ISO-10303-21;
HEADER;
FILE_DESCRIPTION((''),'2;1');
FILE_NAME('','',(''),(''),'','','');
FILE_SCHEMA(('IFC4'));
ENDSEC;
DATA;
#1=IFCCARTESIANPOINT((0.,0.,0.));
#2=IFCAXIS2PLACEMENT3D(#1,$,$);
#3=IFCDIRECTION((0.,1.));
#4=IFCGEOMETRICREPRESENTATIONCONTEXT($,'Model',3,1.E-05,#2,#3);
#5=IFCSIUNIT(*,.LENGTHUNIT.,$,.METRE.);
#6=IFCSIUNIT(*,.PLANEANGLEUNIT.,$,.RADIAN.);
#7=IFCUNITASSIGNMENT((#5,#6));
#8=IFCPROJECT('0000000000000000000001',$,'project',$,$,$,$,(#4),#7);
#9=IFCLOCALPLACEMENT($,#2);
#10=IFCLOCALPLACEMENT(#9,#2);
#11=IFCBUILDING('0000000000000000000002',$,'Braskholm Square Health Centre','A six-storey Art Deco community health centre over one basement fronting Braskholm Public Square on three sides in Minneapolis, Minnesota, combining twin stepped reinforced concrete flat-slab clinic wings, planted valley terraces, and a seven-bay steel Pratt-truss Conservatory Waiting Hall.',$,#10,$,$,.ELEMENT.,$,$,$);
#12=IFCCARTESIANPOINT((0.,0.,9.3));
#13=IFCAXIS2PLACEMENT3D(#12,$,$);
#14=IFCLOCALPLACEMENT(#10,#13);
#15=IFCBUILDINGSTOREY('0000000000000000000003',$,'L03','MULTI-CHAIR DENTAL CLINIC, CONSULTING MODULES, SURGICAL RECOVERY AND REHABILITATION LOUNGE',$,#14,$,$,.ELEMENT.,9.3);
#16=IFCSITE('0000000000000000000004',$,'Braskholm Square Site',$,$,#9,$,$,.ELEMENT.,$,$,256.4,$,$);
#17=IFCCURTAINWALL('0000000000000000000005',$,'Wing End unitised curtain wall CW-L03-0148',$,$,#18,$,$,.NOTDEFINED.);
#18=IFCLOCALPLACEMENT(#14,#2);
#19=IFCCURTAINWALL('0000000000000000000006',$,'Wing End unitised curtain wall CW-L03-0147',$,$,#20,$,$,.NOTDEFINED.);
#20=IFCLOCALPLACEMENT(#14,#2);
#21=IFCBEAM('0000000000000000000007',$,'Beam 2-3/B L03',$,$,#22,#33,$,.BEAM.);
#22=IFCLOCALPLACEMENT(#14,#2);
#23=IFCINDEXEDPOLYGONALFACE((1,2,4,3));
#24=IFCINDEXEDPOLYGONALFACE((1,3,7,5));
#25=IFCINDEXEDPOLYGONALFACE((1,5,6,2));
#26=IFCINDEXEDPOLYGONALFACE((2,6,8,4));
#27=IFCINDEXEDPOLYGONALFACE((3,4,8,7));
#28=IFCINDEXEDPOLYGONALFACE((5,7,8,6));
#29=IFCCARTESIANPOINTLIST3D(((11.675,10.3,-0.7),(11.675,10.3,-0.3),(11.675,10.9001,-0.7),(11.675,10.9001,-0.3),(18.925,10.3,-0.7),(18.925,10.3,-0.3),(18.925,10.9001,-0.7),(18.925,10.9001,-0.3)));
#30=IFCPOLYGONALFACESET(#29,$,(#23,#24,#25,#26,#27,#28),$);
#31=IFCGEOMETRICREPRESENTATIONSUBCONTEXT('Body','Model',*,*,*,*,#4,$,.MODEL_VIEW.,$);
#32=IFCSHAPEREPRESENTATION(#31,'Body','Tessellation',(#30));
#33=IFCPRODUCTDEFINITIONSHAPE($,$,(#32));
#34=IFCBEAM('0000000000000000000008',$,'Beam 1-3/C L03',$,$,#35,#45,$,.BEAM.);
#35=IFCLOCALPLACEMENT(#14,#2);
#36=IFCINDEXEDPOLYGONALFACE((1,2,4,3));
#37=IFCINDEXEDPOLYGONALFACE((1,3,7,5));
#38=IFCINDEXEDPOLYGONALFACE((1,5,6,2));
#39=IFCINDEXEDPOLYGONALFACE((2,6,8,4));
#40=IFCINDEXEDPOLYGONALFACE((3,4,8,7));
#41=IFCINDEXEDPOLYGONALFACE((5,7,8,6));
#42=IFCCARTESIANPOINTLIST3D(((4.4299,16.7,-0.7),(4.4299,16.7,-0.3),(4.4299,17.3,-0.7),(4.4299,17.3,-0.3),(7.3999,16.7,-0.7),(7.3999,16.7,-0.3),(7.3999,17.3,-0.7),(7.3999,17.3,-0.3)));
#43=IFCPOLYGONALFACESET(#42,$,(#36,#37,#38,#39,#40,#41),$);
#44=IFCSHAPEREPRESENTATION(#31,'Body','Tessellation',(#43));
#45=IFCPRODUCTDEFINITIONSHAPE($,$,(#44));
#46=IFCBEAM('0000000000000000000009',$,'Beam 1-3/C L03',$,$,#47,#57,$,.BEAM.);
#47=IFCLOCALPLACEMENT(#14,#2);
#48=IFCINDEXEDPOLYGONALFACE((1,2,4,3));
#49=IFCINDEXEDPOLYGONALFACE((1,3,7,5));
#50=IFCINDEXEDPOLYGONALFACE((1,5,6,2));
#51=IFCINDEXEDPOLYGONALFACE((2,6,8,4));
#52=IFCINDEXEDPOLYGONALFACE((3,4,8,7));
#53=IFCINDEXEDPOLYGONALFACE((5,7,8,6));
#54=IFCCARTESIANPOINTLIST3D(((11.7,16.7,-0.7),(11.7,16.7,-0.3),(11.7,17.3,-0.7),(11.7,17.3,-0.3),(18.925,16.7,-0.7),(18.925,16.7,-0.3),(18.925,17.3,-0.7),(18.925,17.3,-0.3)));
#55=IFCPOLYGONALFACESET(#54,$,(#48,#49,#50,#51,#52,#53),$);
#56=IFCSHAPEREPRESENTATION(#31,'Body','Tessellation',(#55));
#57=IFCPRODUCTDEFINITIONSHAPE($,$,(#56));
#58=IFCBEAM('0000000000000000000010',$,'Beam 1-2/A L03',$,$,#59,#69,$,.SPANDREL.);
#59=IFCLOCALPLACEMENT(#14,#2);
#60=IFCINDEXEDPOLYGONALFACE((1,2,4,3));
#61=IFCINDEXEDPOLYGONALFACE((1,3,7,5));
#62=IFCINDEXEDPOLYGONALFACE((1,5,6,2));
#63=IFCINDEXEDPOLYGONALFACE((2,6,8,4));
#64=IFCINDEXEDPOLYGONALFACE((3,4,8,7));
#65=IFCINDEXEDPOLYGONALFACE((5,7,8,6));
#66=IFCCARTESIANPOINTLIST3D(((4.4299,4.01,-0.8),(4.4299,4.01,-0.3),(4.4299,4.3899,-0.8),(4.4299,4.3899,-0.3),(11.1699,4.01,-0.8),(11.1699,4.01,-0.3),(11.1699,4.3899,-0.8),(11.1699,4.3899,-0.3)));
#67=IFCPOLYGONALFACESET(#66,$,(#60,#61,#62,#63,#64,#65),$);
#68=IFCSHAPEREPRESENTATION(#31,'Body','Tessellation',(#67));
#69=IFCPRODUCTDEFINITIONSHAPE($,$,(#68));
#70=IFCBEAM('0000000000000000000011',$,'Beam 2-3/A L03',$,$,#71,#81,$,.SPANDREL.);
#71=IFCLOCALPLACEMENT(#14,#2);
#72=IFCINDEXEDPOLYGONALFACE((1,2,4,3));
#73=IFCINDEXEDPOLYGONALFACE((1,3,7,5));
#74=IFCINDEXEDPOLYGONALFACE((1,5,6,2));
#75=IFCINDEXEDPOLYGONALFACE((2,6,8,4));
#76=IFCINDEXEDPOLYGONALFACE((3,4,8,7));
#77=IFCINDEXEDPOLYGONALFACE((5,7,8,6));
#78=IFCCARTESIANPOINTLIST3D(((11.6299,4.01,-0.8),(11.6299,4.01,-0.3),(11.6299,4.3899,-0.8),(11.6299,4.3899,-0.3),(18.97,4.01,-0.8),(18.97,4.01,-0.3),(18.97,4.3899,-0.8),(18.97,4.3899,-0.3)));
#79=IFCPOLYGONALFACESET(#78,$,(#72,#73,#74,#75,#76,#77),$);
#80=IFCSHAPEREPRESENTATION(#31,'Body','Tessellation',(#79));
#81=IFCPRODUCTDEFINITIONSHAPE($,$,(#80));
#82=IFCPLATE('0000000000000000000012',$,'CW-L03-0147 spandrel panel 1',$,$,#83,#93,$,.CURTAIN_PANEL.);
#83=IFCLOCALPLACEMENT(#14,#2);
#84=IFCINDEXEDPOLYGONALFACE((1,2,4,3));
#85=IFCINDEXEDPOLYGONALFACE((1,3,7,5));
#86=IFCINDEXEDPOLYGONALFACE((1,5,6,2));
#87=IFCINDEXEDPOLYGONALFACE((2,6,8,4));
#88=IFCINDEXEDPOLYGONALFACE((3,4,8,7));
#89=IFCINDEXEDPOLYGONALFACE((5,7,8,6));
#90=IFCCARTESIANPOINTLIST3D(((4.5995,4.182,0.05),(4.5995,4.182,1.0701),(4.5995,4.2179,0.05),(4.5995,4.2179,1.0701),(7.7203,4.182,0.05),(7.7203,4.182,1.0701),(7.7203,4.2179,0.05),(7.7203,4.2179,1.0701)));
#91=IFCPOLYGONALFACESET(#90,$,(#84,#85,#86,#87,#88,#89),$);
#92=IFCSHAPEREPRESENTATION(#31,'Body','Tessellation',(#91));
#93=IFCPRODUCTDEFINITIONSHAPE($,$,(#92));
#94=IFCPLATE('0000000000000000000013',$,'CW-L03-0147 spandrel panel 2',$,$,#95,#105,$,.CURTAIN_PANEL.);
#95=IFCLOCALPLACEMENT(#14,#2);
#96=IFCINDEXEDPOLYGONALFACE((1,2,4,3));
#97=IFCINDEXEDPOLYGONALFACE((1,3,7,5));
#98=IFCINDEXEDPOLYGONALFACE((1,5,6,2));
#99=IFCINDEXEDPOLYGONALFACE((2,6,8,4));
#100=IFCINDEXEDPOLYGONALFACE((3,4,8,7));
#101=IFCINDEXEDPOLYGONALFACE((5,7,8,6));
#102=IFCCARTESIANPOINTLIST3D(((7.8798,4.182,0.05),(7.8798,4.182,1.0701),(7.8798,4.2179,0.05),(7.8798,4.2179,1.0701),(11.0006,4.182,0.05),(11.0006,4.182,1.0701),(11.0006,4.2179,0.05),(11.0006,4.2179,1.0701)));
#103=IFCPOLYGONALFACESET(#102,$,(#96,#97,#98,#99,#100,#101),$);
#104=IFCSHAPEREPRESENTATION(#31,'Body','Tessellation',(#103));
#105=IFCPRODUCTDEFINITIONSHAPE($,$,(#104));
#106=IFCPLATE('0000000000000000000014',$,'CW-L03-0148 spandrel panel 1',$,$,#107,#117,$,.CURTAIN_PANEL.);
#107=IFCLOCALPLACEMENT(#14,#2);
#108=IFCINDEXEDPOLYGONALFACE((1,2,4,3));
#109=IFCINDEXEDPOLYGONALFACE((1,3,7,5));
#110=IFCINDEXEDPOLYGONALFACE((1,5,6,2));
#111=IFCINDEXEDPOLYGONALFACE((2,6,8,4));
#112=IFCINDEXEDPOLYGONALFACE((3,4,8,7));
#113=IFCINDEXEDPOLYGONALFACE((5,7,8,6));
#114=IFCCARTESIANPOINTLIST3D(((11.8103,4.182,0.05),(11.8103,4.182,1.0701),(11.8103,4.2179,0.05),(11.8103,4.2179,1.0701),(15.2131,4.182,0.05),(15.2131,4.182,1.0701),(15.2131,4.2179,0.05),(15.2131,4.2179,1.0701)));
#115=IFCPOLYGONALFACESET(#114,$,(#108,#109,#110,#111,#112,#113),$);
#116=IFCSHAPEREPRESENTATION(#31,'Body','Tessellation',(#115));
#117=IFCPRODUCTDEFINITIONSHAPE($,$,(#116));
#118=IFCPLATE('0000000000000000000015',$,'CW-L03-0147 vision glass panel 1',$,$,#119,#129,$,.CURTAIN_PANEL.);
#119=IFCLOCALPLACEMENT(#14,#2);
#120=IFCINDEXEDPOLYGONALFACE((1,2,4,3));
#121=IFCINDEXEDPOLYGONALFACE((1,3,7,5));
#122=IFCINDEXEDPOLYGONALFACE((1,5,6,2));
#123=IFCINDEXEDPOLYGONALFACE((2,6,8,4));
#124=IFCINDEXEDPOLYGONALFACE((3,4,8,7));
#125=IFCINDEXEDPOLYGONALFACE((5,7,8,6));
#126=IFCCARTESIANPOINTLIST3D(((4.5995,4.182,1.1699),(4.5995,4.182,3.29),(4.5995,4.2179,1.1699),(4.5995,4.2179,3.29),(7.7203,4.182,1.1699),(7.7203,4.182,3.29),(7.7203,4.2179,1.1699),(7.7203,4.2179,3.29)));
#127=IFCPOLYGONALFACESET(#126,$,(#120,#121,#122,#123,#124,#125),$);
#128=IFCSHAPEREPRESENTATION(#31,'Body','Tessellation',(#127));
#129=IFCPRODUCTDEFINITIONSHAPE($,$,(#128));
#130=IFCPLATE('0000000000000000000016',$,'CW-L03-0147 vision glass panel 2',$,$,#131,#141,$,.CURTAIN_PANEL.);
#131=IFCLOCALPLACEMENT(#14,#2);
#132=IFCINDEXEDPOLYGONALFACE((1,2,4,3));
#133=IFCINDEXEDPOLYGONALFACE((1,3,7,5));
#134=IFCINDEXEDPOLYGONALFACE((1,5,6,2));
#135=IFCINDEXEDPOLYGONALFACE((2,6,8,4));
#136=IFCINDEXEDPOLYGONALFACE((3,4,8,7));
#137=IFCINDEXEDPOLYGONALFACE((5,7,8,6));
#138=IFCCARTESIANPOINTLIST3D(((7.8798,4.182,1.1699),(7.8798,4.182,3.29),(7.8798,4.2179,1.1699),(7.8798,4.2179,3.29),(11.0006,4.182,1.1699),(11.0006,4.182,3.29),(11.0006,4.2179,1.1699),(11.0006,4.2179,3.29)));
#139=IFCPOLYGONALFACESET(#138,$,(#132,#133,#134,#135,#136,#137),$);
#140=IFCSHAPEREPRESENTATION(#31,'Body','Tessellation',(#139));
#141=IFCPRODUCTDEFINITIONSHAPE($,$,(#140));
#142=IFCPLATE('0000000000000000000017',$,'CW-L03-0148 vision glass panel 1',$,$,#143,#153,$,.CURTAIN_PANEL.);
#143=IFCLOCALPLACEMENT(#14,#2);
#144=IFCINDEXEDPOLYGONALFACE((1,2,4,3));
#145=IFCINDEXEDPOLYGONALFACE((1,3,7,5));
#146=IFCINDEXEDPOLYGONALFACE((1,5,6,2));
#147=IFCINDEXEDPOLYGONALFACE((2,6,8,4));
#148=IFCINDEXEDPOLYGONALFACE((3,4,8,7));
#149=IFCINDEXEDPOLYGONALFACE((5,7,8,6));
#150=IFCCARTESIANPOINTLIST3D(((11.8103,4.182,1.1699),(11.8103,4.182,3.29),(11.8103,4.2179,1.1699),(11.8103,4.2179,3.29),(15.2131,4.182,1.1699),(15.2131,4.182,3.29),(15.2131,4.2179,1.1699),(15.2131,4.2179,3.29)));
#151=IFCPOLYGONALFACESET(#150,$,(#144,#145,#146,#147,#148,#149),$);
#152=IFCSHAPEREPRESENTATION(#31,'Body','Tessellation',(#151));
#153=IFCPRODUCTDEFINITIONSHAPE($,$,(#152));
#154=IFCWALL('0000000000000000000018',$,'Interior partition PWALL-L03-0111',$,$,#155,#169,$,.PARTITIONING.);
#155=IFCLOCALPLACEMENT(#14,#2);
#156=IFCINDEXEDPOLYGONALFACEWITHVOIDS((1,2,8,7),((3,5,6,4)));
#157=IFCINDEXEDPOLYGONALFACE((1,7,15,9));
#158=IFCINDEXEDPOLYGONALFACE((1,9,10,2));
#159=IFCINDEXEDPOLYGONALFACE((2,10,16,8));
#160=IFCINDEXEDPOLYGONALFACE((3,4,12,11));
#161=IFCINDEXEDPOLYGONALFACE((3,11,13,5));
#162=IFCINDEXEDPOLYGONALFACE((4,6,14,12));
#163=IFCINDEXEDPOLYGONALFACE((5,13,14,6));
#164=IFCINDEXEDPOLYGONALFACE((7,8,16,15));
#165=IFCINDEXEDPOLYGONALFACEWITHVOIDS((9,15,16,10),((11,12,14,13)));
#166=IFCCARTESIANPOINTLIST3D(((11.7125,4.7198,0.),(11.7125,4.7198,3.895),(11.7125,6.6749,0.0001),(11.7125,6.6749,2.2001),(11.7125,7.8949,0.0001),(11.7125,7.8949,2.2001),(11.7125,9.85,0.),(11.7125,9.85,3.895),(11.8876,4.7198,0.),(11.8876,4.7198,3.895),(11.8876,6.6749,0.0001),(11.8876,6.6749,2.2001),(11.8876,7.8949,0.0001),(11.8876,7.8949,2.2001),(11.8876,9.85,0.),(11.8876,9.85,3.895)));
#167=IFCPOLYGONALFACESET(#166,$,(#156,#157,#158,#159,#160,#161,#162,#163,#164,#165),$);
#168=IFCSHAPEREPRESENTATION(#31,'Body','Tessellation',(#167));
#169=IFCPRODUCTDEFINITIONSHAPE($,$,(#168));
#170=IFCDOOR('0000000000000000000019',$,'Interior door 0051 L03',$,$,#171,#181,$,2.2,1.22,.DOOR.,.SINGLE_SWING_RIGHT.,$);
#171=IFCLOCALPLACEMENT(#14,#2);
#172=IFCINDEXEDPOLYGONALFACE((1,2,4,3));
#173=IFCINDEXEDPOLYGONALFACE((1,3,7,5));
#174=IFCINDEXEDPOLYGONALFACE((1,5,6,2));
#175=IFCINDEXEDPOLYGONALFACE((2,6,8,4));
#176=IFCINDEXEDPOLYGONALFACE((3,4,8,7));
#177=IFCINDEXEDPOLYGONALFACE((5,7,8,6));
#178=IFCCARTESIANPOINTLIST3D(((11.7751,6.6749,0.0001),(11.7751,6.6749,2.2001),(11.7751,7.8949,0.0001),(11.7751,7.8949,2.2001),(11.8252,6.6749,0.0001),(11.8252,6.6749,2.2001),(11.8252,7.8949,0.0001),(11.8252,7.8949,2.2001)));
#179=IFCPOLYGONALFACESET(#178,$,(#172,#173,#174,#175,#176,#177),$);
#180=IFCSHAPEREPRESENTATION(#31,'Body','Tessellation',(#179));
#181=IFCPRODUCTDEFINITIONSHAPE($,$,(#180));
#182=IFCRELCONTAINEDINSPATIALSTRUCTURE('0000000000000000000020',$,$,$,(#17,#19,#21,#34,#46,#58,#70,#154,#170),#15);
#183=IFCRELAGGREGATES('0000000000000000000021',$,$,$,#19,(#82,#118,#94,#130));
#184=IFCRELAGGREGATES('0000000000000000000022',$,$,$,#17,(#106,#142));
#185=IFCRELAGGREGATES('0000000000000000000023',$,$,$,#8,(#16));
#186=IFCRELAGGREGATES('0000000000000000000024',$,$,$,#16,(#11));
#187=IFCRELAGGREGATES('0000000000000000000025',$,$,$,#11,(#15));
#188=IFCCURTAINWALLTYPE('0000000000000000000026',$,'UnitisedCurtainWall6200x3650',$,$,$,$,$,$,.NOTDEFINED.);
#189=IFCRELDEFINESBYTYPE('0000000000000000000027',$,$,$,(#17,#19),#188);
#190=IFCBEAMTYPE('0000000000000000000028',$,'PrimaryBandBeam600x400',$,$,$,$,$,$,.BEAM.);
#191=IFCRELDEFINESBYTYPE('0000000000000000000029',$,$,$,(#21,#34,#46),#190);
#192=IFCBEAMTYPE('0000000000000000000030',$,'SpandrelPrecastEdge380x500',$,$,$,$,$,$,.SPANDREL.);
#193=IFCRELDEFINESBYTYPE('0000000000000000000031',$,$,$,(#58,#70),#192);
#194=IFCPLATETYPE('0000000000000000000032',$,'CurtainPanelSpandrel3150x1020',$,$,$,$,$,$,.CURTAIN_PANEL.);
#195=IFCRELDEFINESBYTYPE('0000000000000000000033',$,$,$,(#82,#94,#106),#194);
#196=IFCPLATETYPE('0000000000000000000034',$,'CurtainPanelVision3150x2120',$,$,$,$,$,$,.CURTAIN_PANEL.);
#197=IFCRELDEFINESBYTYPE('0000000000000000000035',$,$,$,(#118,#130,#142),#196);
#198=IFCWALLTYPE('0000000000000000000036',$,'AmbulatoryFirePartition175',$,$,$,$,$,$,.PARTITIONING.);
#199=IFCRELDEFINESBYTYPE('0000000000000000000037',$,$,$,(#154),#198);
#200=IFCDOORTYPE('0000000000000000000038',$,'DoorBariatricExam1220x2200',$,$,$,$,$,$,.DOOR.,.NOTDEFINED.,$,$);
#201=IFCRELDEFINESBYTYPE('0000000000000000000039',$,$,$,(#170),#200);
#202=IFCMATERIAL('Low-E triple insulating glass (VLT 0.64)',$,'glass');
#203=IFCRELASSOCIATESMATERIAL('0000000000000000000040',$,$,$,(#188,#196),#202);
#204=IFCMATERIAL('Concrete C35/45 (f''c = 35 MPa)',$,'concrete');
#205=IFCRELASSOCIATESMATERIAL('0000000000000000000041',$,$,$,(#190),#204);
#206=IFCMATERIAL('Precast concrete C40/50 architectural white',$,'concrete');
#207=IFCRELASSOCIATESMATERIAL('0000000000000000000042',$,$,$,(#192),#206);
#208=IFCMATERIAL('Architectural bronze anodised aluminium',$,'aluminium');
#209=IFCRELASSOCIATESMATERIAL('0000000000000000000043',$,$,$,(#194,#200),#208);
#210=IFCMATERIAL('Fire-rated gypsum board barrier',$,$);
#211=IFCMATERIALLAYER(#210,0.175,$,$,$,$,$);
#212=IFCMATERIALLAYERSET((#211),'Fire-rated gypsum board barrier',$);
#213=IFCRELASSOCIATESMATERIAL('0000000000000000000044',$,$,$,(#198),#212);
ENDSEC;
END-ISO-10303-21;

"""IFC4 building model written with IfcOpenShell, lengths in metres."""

from ifc_helpers import new_model, si_unit, direction, frame, frame_2d, origin, origin_with_axes, origin_2d, place, context, subcontext, project, spatial, rectangle, extrude, material, layer, layer_set, material_profile, profile_set, type_object, element, fill, aggregate, save


model = new_model("IFC4")

# Units and contexts
model_context = context("Model", 3, precision=1e-05, world=origin(), true_north=direction((0.0, 1.0)))
body_context = subcontext(model_context, "Body", "Model", "MODEL_VIEW")
ifc_project = project(units=[si_unit("LENGTHUNIT", "METRE"), si_unit("PLANEANGLEUNIT", "RADIAN")], contexts=[model_context])

# Site, building, storey
site_placement = place(None, origin())
site = spatial("IfcSite", under=ifc_project, at=site_placement, Name="Braskholm Square Site", CompositionType="ELEMENT", RefElevation=256.4)
building_placement = place(site_placement, origin())
building = spatial("IfcBuilding", under=site, at=building_placement, Name="Braskholm Square Health Centre", Description="A six-storey Art Deco community health centre over one basement fronting Braskholm Public Square on three sides in Minneapolis, Minnesota, combining twin stepped reinforced concrete flat-slab clinic wings, planted valley terraces, and a seven-bay steel Pratt-truss Conservatory Waiting Hall.", CompositionType="ELEMENT")
storey_placement = place(building_placement, frame((0.0, 0.0, 9.3)))
storey = spatial("IfcBuildingStorey", under=building, at=storey_placement, Name="L03", Description="MULTI-CHAIR DENTAL CLINIC, CONSULTING MODULES, SURGICAL RECOVERY AND REHABILITATION LOUNGE", CompositionType="ELEMENT", Elevation=9.3)

# Shared definitions
ifc_material_1 = material(Name="Precast concrete C40/50 architectural white", Category="concrete")

# Curtain wall
ifc_material_2 = material(Name="Low-E triple insulating glass (VLT 0.64)", Category="glass")
curtain_wall_type = type_object("IfcCurtainWallType", Name="UnitisedCurtainWall6200x3650", PredefinedType="NOTDEFINED", material=ifc_material_2)
curtain_wall_1_placement = place(storey_placement, origin())
curtain_wall_1 = element("IfcCurtainWall", 1, at=curtain_wall_1_placement, inside=storey, type_object=curtain_wall_type, Name="Wing End unitised curtain wall CW-L03-0148", PredefinedType="NOTDEFINED")
ifc_material_3 = material(Name="Architectural bronze anodised aluminium", Category="aluminium")

# Curtain wall
curtain_wall_2_placement = place(storey_placement, origin())
curtain_wall_2 = element("IfcCurtainWall", 2, at=curtain_wall_2_placement, inside=storey, type_object=curtain_wall_type, Name="Wing End unitised curtain wall CW-L03-0147", PredefinedType="NOTDEFINED")

# Beams
ifc_material_4 = material(Name="Concrete C35/45 (f'c = 35 MPa)", Category="concrete")
ifc_material_profile_1 = material_profile(ifc_material_4, rectangle(XDim=0.6001, YDim=0.3999, at=origin_2d()), Name="RCB-600X400")
ifc_profile_set_1 = profile_set([ifc_material_profile_1], Name="Concrete C35/45 (f'c = 35 MPa)")
beam_type_1 = type_object("IfcBeamType", Name="PrimaryBandBeam600x400", PredefinedType="BEAM", material=ifc_profile_set_1)
beam_1_placement = place(storey_placement, frame((11.675, 10.6001, -0.5), z_axis=(1.0, 0.0, 0.0), x_axis=(0.0, 1.0, 0.0)))
element("IfcBeam", 3, at=beam_1_placement, inside=storey, type_object=beam_type_1, Name="Beam 2-3/B L03", PredefinedType="BEAM", context=body_context, shape_type="SweptSolid", body=[
    extrude(rectangle(XDim=0.6001, YDim=0.3999, at=origin_2d()), origin(), (0.0, 0.0, 1.0), 7.25),
])
beam_2_placement = place(storey_placement, frame((4.4299, 17.0, -0.5), z_axis=(1.0, 0.0, 0.0), x_axis=(0.0, 1.0, 0.0)))
element("IfcBeam", 4, at=beam_2_placement, inside=storey, type_object=beam_type_1, Name="Beam 1-3/C L03", PredefinedType="BEAM", context=body_context, shape_type="SweptSolid", body=[
    extrude(rectangle(XDim=0.6001, YDim=0.3999, at=origin_2d()), origin(), (0.0, 0.0, 1.0), 2.97),
])
beam_3_placement = place(storey_placement, frame((11.7, 17.0, -0.5), z_axis=(1.0, 0.0, 0.0), x_axis=(0.0, 1.0, 0.0)))
element("IfcBeam", 5, at=beam_3_placement, inside=storey, type_object=beam_type_1, Name="Beam 1-3/C L03", PredefinedType="BEAM", context=body_context, shape_type="SweptSolid", body=[
    extrude(rectangle(XDim=0.6001, YDim=0.3999, at=origin_2d()), origin(), (0.0, 0.0, 1.0), 7.2251),
])
ifc_material_profile_2 = material_profile(ifc_material_1, rectangle(XDim=0.3799, YDim=0.5, at=origin_2d()), Name="RCB-380X500")
ifc_profile_set_2 = profile_set([ifc_material_profile_2], Name="Precast concrete C40/50 architectural white")
beam_type_2 = type_object("IfcBeamType", Name="SpandrelPrecastEdge380x500", PredefinedType="SPANDREL", material=ifc_profile_set_2)
beam_4_placement = place(storey_placement, frame((4.4299, 4.2, -0.55), z_axis=(1.0, 0.0, 0.0), x_axis=(0.0, 1.0, 0.0)))
element("IfcBeam", 6, at=beam_4_placement, inside=storey, type_object=beam_type_2, Name="Beam 1-2/A L03", PredefinedType="SPANDREL", context=body_context, shape_type="SweptSolid", body=[
    extrude(rectangle(XDim=0.3799, YDim=0.5, at=origin_2d()), origin(), (0.0, 0.0, 1.0), 6.74),
])
beam_5_placement = place(storey_placement, frame((11.6299, 4.2, -0.55), z_axis=(1.0, 0.0, 0.0), x_axis=(0.0, 1.0, 0.0)))
element("IfcBeam", 7, at=beam_5_placement, inside=storey, type_object=beam_type_2, Name="Beam 2-3/A L03", PredefinedType="SPANDREL", context=body_context, shape_type="SweptSolid", body=[
    extrude(rectangle(XDim=0.3799, YDim=0.5, at=origin_2d()), origin(), (0.0, 0.0, 1.0), 7.3401),
])

# Plates
plate_type_1 = type_object("IfcPlateType", Name="CurtainPanelSpandrel3150x1020", PredefinedType="CURTAIN_PANEL", material=ifc_material_3)
plate_1_placement = place(storey_placement, frame((6.1599, 4.2, 0.05), z_axis=(0.0, 0.0, 1.0), x_axis=(1.0, 0.0, 0.0)))
plate_1 = element("IfcPlate", 8, at=plate_1_placement, type_object=plate_type_1, Name="CW-L03-0147 spandrel panel 1", PredefinedType="CURTAIN_PANEL", context=body_context, shape_type="SweptSolid", body=[
    extrude(rectangle(XDim=3.1208, YDim=0.0359, at=origin_2d()), origin(), (0.0, 0.0, 1.0), 1.02),
])
plate_2_placement = place(storey_placement, frame((9.4402, 4.2, 0.05), z_axis=(0.0, 0.0, 1.0), x_axis=(1.0, 0.0, 0.0)))
plate_2 = element("IfcPlate", 9, at=plate_2_placement, type_object=plate_type_1, Name="CW-L03-0147 spandrel panel 2", PredefinedType="CURTAIN_PANEL", context=body_context, shape_type="SweptSolid", body=[
    extrude(rectangle(XDim=3.1208, YDim=0.0359, at=origin_2d()), origin(), (0.0, 0.0, 1.0), 1.02),
])
plate_3_placement = place(storey_placement, frame((13.5117, 4.2, 0.05), z_axis=(0.0, 0.0, 1.0), x_axis=(1.0, 0.0, 0.0)))
plate_3 = element("IfcPlate", 10, at=plate_3_placement, type_object=plate_type_1, Name="CW-L03-0148 spandrel panel 1", PredefinedType="CURTAIN_PANEL", context=body_context, shape_type="SweptSolid", body=[
    extrude(rectangle(XDim=3.4028, YDim=0.0359, at=origin_2d()), origin(), (0.0, 0.0, 1.0), 1.02),
])
plate_type_2 = type_object("IfcPlateType", Name="CurtainPanelVision3150x2120", PredefinedType="CURTAIN_PANEL", material=ifc_material_2)
plate_4_placement = place(storey_placement, frame((6.1599, 4.2, 1.1699), z_axis=(0.0, 0.0, 1.0), x_axis=(1.0, 0.0, 0.0)))
plate_4 = element("IfcPlate", 11, at=plate_4_placement, type_object=plate_type_2, Name="CW-L03-0147 vision glass panel 1", PredefinedType="CURTAIN_PANEL", context=body_context, shape_type="SweptSolid", body=[
    extrude(rectangle(XDim=3.1208, YDim=0.0359, at=origin_2d()), origin(), (0.0, 0.0, 1.0), 2.1201),
])
plate_5_placement = place(storey_placement, frame((9.4402, 4.2, 1.1699), z_axis=(0.0, 0.0, 1.0), x_axis=(1.0, 0.0, 0.0)))
plate_5 = element("IfcPlate", 12, at=plate_5_placement, type_object=plate_type_2, Name="CW-L03-0147 vision glass panel 2", PredefinedType="CURTAIN_PANEL", context=body_context, shape_type="SweptSolid", body=[
    extrude(rectangle(XDim=3.1208, YDim=0.0359, at=origin_2d()), origin(), (0.0, 0.0, 1.0), 2.1201),
])
aggregate(curtain_wall_2, [plate_1, plate_4, plate_2, plate_5])
plate_6_placement = place(storey_placement, frame((13.5117, 4.2, 1.1699), z_axis=(0.0, 0.0, 1.0), x_axis=(1.0, 0.0, 0.0)))
plate_6 = element("IfcPlate", 13, at=plate_6_placement, type_object=plate_type_2, Name="CW-L03-0148 vision glass panel 1", PredefinedType="CURTAIN_PANEL", context=body_context, shape_type="SweptSolid", body=[
    extrude(rectangle(XDim=3.4028, YDim=0.0359, at=origin_2d()), origin(), (0.0, 0.0, 1.0), 2.1201),
])
aggregate(curtain_wall_1, [plate_3, plate_6])

# Wall, opening, door
ifc_material_5 = material(Name="Fire-rated gypsum board barrier")
ifc_layer_1 = layer(ifc_material_5, 0.175)
ifc_layer_set_1 = layer_set([ifc_layer_1], Name="Fire-rated gypsum board barrier")
wall_type_1 = type_object("IfcWallType", Name="AmbulatoryFirePartition175", PredefinedType="PARTITIONING", material=ifc_layer_set_1)
wall_1_placement = place(storey_placement, frame((11.8, 4.72, 0.0), z_axis=(0.0, 0.0, 1.0), x_axis=(0.0, 1.0, 0.0)))
wall_1 = element("IfcWall", 14, at=wall_1_placement, inside=storey, type_object=wall_type_1, Name="Interior partition PWALL-L03-0111", PredefinedType="PARTITIONING", context=body_context, shape_type="SweptSolid", body=[
    extrude(rectangle(XDim=5.1301, YDim=0.175, at=frame_2d((2.5649, 0.0))), origin(), (0.0, 0.0, 1.0), 3.895),
])
opening_1_placement = place(wall_1_placement, frame((1.9551, 0.0, 0.0)))
opening_1 = element("IfcOpeningElement", 15, at=opening_1_placement, cuts=wall_1, PredefinedType="OPENING", context=body_context, shape_type="SweptSolid", body=[
    extrude(rectangle(XDim=1.22, YDim=2.2, at=frame_2d((0.6099, 1.1001))), frame((0.0, 0.0977, 0.0), z_axis=(0.0, -1.0, 0.0), x_axis=(1.0, 0.0, 0.0)), (0.0, 0.0, 1.0), 0.1951),
])
door_type_1 = type_object("IfcDoorType", Name="DoorBariatricExam1220x2200", OperationType="NOTDEFINED", PredefinedType="DOOR", material=ifc_material_3)
door_1_placement = place(opening_1_placement, origin_with_axes())
door_1 = element("IfcDoor", 16, at=door_1_placement, inside=storey, type_object=door_type_1, Name="Interior door 0051 L03", OperationType="SINGLE_SWING_RIGHT", OverallHeight=2.2, OverallWidth=1.22, PredefinedType="DOOR", context=body_context, shape_type="SweptSolid", body=[
    extrude(rectangle(XDim=1.22, YDim=2.2, at=frame_2d((0.6099, 1.1001))), frame((0.0, 0.0249, 0.0), z_axis=(0.0, -1.0, 0.0), x_axis=(1.0, 0.0, 0.0)), (0.0, 0.0, 1.0), 0.05),
])
fill(opening_1, door_1)

save(model, "model.ifc")
